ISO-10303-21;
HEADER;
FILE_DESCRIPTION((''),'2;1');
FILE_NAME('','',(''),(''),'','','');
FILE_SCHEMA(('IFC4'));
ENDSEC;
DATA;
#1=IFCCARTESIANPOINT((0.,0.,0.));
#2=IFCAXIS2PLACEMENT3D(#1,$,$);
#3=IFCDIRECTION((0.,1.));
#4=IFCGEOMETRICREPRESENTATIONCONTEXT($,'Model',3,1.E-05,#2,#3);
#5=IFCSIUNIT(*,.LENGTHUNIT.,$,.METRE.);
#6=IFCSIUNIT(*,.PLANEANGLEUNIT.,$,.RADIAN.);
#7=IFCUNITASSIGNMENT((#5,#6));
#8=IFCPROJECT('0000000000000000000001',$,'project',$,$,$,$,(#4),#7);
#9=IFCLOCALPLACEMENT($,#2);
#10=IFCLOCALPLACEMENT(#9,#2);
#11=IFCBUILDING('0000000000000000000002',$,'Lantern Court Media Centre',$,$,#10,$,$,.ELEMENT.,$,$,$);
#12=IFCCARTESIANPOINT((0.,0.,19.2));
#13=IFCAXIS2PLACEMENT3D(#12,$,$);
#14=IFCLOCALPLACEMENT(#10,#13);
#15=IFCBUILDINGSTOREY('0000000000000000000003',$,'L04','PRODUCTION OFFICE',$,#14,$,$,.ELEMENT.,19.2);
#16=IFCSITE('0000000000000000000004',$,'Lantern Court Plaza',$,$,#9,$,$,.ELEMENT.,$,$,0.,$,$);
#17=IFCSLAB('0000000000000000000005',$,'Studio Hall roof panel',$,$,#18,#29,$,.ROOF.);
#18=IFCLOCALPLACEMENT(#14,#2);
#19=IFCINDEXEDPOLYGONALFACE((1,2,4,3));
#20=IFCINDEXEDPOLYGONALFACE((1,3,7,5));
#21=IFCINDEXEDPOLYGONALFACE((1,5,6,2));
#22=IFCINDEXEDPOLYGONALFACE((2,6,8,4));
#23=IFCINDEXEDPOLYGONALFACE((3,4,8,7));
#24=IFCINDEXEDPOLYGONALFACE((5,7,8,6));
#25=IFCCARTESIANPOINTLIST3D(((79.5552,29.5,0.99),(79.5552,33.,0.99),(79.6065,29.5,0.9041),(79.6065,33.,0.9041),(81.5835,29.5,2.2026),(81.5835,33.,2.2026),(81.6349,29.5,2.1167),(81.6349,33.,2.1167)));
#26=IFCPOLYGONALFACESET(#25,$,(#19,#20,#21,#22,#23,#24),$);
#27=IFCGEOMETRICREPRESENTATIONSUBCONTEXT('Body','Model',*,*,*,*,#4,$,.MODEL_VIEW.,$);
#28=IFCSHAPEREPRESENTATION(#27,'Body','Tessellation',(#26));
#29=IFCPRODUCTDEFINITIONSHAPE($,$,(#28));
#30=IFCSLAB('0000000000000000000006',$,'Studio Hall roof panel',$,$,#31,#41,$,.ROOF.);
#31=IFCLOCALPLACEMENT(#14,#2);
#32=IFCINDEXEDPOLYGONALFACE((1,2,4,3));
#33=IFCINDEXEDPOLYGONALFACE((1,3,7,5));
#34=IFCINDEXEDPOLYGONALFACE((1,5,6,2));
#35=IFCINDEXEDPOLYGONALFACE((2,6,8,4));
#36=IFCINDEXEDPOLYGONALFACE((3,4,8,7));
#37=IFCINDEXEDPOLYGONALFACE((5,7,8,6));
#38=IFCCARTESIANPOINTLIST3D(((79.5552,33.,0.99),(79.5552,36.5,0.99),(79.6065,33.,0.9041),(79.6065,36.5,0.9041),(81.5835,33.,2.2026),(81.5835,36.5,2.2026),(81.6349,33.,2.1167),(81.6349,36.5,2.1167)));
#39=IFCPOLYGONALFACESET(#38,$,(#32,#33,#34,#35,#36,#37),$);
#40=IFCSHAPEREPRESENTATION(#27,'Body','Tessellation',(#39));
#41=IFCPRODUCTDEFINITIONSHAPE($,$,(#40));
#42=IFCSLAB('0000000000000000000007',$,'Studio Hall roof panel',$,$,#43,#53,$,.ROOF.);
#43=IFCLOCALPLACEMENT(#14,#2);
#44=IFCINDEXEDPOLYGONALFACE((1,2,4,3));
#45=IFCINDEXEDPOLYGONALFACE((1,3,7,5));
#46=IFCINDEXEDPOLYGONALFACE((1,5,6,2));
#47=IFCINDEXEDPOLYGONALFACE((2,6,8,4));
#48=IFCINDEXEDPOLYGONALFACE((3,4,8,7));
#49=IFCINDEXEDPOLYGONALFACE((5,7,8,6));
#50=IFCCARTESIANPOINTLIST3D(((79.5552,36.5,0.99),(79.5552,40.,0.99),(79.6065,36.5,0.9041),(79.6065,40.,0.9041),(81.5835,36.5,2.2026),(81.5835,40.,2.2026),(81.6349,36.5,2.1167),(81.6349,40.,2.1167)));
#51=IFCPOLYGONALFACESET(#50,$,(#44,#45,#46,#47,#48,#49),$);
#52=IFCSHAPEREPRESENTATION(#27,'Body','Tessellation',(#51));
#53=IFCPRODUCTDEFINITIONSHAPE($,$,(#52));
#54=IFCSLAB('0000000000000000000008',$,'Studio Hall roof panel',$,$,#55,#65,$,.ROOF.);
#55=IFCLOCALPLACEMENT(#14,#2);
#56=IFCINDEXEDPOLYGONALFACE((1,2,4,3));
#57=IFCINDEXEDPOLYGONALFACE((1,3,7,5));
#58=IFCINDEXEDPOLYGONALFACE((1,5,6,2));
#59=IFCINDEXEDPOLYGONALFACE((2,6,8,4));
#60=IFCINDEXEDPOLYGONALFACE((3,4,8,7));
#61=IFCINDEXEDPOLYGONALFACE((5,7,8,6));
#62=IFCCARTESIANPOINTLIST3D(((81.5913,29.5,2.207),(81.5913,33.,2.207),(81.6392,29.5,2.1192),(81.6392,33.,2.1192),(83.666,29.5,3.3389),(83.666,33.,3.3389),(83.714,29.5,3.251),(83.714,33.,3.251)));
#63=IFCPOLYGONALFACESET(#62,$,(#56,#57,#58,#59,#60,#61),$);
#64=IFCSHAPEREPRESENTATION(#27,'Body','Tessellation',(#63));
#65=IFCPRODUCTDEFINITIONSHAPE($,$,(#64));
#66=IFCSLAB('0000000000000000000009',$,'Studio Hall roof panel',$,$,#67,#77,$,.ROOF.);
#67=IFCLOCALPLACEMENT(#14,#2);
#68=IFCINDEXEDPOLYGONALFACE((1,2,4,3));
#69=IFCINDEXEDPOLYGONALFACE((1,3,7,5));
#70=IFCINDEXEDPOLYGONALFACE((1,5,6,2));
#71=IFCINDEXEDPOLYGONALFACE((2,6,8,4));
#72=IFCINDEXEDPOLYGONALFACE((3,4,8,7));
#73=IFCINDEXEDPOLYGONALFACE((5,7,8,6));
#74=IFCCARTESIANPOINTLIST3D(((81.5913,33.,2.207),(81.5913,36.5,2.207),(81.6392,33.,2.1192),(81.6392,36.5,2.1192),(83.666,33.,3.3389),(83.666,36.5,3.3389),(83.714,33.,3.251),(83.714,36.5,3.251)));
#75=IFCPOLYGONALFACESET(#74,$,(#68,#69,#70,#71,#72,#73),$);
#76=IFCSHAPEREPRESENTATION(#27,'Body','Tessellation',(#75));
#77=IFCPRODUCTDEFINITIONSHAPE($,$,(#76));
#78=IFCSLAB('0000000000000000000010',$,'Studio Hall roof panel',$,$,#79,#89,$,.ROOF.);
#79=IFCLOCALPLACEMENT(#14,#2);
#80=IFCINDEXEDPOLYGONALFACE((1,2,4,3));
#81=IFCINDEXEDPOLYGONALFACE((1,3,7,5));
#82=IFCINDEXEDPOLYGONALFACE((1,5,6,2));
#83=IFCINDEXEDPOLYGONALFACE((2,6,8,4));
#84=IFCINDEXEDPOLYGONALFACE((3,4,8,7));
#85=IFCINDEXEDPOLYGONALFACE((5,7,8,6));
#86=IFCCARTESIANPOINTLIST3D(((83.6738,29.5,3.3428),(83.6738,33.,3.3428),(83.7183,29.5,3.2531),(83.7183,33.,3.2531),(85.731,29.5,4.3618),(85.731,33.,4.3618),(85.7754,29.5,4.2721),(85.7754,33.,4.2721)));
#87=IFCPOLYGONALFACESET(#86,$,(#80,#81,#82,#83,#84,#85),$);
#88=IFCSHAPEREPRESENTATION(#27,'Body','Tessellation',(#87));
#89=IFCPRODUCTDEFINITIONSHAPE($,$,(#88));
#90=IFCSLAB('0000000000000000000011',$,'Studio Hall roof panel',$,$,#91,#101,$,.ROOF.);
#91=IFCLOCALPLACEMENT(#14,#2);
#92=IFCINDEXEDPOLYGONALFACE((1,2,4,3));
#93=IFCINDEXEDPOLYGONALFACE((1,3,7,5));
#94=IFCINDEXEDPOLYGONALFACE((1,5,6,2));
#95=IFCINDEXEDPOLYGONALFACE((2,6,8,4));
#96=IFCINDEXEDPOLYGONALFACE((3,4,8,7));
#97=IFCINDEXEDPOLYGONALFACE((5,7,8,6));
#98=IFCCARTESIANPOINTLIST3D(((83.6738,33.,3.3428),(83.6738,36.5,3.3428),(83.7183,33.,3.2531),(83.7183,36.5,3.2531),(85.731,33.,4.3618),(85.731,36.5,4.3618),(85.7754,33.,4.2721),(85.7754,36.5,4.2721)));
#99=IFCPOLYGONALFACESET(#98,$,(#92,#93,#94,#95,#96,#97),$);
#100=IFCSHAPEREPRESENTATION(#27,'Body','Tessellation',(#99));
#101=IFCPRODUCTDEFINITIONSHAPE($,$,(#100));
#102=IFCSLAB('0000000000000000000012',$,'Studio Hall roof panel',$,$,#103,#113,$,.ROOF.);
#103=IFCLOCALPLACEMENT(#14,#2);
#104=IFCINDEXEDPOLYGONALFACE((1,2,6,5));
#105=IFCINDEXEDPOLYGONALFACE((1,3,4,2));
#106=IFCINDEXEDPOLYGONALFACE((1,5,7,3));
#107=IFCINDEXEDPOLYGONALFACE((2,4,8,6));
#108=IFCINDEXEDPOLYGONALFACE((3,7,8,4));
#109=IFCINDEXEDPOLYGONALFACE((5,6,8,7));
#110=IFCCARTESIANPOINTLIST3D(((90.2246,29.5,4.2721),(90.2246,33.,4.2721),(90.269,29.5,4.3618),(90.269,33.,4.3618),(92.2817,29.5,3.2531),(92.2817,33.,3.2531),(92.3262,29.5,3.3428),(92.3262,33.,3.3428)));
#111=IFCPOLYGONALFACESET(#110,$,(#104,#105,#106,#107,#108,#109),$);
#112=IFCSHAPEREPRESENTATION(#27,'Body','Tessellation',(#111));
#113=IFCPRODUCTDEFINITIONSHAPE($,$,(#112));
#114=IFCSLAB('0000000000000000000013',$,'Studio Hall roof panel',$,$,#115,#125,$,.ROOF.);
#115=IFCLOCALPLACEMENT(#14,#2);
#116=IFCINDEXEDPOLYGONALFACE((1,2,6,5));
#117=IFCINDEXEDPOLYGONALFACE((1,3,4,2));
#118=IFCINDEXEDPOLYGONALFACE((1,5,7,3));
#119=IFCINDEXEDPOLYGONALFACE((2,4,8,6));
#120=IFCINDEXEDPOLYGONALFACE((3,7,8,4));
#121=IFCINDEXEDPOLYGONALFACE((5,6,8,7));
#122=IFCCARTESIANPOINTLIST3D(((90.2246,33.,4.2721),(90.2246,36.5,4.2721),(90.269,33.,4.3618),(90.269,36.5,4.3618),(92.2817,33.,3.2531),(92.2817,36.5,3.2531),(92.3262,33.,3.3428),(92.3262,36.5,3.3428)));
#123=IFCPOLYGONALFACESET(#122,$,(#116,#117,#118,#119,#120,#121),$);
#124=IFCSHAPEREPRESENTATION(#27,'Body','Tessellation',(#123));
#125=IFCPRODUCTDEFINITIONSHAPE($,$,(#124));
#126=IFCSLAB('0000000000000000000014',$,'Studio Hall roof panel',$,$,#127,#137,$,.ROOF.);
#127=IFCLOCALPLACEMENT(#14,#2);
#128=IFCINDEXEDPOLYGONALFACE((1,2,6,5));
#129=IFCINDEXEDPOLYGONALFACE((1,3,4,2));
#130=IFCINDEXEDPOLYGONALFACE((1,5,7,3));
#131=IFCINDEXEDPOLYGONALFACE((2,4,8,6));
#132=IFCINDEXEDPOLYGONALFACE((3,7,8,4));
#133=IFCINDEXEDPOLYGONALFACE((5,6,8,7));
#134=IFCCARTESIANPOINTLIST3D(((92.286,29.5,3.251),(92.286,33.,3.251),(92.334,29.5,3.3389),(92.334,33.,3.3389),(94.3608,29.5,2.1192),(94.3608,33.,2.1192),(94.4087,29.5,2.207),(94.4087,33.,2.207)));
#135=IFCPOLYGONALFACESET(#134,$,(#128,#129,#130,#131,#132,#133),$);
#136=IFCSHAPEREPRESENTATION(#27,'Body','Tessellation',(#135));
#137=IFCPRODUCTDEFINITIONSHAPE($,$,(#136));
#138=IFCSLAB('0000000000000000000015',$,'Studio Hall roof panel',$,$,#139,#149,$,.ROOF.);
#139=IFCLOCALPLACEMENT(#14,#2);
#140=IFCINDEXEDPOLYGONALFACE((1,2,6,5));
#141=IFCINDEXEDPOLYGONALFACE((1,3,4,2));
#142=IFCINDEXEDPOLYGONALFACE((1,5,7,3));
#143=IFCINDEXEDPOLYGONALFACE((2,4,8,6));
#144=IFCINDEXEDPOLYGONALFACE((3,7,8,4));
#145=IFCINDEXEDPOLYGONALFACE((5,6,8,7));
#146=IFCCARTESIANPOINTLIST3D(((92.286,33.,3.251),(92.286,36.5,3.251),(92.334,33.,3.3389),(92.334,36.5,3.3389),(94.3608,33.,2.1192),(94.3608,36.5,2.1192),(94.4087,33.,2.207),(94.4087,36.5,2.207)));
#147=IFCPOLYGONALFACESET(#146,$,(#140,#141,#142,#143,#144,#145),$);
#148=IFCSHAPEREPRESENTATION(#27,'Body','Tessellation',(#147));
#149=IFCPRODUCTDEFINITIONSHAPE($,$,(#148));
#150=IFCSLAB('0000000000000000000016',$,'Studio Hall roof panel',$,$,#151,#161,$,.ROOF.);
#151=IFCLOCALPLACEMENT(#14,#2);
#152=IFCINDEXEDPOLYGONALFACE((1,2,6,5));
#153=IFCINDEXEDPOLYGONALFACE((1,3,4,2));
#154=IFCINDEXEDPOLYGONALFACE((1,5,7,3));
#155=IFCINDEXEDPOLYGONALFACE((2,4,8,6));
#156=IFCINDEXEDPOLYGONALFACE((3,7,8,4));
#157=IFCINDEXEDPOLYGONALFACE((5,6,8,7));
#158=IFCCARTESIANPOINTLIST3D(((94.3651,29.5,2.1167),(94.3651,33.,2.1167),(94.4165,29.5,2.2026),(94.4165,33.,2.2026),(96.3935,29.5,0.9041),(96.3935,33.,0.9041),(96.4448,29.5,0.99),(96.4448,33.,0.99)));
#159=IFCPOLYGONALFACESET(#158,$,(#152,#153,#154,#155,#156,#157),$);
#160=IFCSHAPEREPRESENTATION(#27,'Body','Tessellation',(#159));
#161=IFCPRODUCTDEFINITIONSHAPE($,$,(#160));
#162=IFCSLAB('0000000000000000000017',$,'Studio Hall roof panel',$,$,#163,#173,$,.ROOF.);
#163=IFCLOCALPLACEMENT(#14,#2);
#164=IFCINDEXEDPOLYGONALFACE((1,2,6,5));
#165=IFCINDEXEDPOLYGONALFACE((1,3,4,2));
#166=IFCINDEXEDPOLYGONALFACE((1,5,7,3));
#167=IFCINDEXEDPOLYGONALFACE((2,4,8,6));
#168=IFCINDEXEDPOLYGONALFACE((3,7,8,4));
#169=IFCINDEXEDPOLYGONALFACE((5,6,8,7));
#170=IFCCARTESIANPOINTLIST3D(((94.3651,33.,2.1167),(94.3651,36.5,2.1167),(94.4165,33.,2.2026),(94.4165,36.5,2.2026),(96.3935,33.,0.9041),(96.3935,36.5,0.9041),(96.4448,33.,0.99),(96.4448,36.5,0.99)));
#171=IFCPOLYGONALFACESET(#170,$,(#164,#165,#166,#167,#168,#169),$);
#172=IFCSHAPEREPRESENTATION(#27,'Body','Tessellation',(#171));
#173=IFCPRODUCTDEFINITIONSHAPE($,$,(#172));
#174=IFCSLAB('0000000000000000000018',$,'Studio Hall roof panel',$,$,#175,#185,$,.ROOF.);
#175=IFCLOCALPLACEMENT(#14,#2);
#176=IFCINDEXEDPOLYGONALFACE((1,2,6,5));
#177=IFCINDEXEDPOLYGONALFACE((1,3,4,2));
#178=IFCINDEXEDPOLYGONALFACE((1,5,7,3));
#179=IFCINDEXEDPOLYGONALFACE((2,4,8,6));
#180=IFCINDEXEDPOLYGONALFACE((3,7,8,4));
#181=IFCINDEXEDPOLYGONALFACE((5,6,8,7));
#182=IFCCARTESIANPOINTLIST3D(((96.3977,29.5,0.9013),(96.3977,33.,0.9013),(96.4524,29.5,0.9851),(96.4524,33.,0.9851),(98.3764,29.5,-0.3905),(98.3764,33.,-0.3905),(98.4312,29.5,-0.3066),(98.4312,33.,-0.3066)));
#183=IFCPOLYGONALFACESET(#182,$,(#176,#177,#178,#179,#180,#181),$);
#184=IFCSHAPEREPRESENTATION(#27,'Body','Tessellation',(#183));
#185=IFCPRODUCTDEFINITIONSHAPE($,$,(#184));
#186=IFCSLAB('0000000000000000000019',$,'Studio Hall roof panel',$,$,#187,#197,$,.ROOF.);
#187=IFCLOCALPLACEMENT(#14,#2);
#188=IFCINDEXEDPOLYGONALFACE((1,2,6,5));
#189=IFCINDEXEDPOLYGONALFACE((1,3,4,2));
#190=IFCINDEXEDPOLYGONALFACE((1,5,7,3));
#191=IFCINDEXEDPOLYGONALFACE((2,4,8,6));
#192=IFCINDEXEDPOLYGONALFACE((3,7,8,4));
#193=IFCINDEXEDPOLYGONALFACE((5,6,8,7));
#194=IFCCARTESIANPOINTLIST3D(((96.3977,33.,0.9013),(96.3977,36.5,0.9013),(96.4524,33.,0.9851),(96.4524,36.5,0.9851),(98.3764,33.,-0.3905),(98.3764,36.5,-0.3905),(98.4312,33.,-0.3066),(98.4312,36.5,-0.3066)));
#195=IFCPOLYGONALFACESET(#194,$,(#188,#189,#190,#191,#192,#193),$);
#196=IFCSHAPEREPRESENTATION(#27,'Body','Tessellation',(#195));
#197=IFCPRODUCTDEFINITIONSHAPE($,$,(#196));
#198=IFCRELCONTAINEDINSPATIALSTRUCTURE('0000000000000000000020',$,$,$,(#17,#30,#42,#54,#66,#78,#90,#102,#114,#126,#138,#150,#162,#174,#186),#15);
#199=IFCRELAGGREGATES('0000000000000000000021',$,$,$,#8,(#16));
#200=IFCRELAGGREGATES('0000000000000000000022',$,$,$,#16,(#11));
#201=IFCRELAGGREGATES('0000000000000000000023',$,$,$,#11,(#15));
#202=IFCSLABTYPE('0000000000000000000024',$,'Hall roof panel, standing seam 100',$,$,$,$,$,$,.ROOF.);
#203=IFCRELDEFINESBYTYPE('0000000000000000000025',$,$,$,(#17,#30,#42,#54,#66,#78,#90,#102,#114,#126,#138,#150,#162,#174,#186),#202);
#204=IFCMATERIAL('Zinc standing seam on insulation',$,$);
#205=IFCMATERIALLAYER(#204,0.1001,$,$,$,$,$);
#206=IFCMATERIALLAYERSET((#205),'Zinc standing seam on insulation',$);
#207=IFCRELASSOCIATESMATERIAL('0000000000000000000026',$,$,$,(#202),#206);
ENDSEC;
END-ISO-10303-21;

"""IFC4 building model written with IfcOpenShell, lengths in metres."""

from ifc_helpers import new_model, si_unit, direction, frame, origin, place, context, subcontext, project, spatial, polyline, outline, extrude, material, layer, layer_set, type_object, element, save


model = new_model("IFC4")

# Units and contexts
model_context = context("Model", 3, precision=1e-05, world=origin(), true_north=direction((0.0, 1.0)))
body_context = subcontext(model_context, "Body", "Model", "MODEL_VIEW")
ifc_project = project(units=[si_unit("LENGTHUNIT", "METRE"), si_unit("PLANEANGLEUNIT", "RADIAN")], contexts=[model_context])

# Site, building, storey
site_placement = place(None, origin())
site = spatial("IfcSite", under=ifc_project, at=site_placement, Name="Lantern Court Plaza", CompositionType="ELEMENT", RefElevation=0.0)
building_placement = place(site_placement, origin())
building = spatial("IfcBuilding", under=site, at=building_placement, Name="Lantern Court Media Centre", CompositionType="ELEMENT")
storey_placement = place(building_placement, frame((0.0, 0.0, 19.2)))
storey = spatial("IfcBuildingStorey", under=building, at=storey_placement, Name="L04", Description="PRODUCTION OFFICE", CompositionType="ELEMENT", Elevation=19.2)

# Slabs
ifc_material = material(Name="Zinc standing seam on insulation")
ifc_layer = layer(ifc_material, 0.1001)
ifc_layer_set = layer_set([ifc_layer], Name="Zinc standing seam on insulation")
slab_type = type_object("IfcSlabType", Name="Hall roof panel, standing seam 100", PredefinedType="ROOF", material=ifc_layer_set)
for number, where, z_axis, x_axis, name in (
    (1, (79.5552, 29.5, 0.99), (-0.513143, 0.0, 0.858303), (0.858303, 0.0, 0.513143), "Studio Hall roof panel"),
    (2, (79.5552, 33.0, 0.99), (-0.513143, 0.0, 0.858303), (0.858303, 0.0, 0.513143), "Studio Hall roof panel"),
    (3, (79.5552, 36.5, 0.99), (-0.513143, 0.0, 0.858303), (0.858303, 0.0, 0.513143), "Studio Hall roof panel"),
):
    element("IfcSlab", number, at=place(storey_placement, frame(where, z_axis=z_axis, x_axis=x_axis)), inside=storey, type_object=slab_type, Name=name, PredefinedType="ROOF", context=body_context, shape_type="SweptSolid", body=[
        extrude(outline(polyline([(0.0, 0.0), (2.3632, 0.0), (2.3632, 3.5), (0.0, 3.5), (0.0, 0.0)])), origin(), (0.0, 0.0, -1.0), 0.1001),
    ])
for number, where, z_axis, x_axis, name in (
    (4, (81.5913, 29.5, 2.207), (-0.47891, 0.0, 0.877864), (0.877864, 0.0, 0.47891), "Studio Hall roof panel"),
    (5, (81.5913, 33.0, 2.207), (-0.47891, 0.0, 0.877864), (0.877864, 0.0, 0.47891), "Studio Hall roof panel"),
):
    element("IfcSlab", number, at=place(storey_placement, frame(where, z_axis=z_axis, x_axis=x_axis)), inside=storey, type_object=slab_type, Name=name, PredefinedType="ROOF", context=body_context, shape_type="SweptSolid", body=[
        extrude(outline(polyline([(0.0, 0.0), (2.3634, 0.0), (2.3634, 3.5), (0.0, 3.5), (0.0, 0.0)])), origin(), (0.0, 0.0, -1.0), 0.1001),
    ])
for number, where, z_axis, x_axis, name in (
    (6, (83.6738, 29.5, 3.3428), (-0.443892, 0.0, 0.89608), (0.89608, 0.0, 0.443892), "Studio Hall roof panel"),
    (7, (83.6738, 33.0, 3.3428), (-0.443892, 0.0, 0.89608), (0.89608, 0.0, 0.443892), "Studio Hall roof panel"),
    (8, (90.269, 29.5, 4.3618), (0.443892, 0.0, 0.89608), (0.89608, 0.0, -0.443892), "Studio Hall roof panel"),
    (9, (90.269, 33.0, 4.3618), (0.443892, 0.0, 0.89608), (0.89608, 0.0, -0.443892), "Studio Hall roof panel"),
):
    element("IfcSlab", number, at=place(storey_placement, frame(where, z_axis=z_axis, x_axis=x_axis)), inside=storey, type_object=slab_type, Name=name, PredefinedType="ROOF", context=body_context, shape_type="SweptSolid", body=[
        extrude(outline(polyline([(0.0, 0.0), (2.2957, 0.0), (2.2957, 3.5), (0.0, 3.5), (0.0, 0.0)])), origin(), (0.0, 0.0, -1.0), 0.1001),
    ])
for number, where, z_axis, x_axis, name in (
    (10, (92.334, 29.5, 3.3389), (0.47891, 0.0, 0.877864), (0.877864, 0.0, -0.47891), "Studio Hall roof panel"),
    (11, (92.334, 33.0, 3.3389), (0.47891, 0.0, 0.877864), (0.877864, 0.0, -0.47891), "Studio Hall roof panel"),
):
    element("IfcSlab", number, at=place(storey_placement, frame(where, z_axis=z_axis, x_axis=x_axis)), inside=storey, type_object=slab_type, Name=name, PredefinedType="ROOF", context=body_context, shape_type="SweptSolid", body=[
        extrude(outline(polyline([(0.0, 0.0), (2.3634, 0.0), (2.3634, 3.5), (0.0, 3.5), (0.0, 0.0)])), origin(), (0.0, 0.0, -1.0), 0.1001),
    ])
for number, where, z_axis, x_axis, name in (
    (12, (94.4165, 29.5, 2.2026), (0.513143, 0.0, 0.858303), (0.858303, 0.0, -0.513143), "Studio Hall roof panel"),
    (13, (94.4165, 33.0, 2.2026), (0.513143, 0.0, 0.858303), (0.858303, 0.0, -0.513143), "Studio Hall roof panel"),
):
    element("IfcSlab", number, at=place(storey_placement, frame(where, z_axis=z_axis, x_axis=x_axis)), inside=storey, type_object=slab_type, Name=name, PredefinedType="ROOF", context=body_context, shape_type="SweptSolid", body=[
        extrude(outline(polyline([(0.0, 0.0), (2.3632, 0.0), (2.3632, 3.5), (0.0, 3.5), (0.0, 0.0)])), origin(), (0.0, 0.0, -1.0), 0.1001),
    ])
for number, where, z_axis, x_axis, name in (
    (14, (96.4524, 29.5, 0.9851), (0.54664, 0.0, 0.837368), (0.837368, 0.0, -0.54664), "Studio Hall roof panel"),
    (15, (96.4524, 33.0, 0.9851), (0.54664, 0.0, 0.837368), (0.837368, 0.0, -0.54664), "Studio Hall roof panel"),
):
    element("IfcSlab", number, at=place(storey_placement, frame(where, z_axis=z_axis, x_axis=x_axis)), inside=storey, type_object=slab_type, Name=name, PredefinedType="ROOF", context=body_context, shape_type="SweptSolid", body=[
        extrude(outline(polyline([(0.0, 0.0), (2.3631, 0.0), (2.3631, 3.5), (0.0, 3.5), (0.0, 0.0)])), origin(), (0.0, 0.0, -1.0), 0.1001),
    ])

save(model, "model.ifc")
